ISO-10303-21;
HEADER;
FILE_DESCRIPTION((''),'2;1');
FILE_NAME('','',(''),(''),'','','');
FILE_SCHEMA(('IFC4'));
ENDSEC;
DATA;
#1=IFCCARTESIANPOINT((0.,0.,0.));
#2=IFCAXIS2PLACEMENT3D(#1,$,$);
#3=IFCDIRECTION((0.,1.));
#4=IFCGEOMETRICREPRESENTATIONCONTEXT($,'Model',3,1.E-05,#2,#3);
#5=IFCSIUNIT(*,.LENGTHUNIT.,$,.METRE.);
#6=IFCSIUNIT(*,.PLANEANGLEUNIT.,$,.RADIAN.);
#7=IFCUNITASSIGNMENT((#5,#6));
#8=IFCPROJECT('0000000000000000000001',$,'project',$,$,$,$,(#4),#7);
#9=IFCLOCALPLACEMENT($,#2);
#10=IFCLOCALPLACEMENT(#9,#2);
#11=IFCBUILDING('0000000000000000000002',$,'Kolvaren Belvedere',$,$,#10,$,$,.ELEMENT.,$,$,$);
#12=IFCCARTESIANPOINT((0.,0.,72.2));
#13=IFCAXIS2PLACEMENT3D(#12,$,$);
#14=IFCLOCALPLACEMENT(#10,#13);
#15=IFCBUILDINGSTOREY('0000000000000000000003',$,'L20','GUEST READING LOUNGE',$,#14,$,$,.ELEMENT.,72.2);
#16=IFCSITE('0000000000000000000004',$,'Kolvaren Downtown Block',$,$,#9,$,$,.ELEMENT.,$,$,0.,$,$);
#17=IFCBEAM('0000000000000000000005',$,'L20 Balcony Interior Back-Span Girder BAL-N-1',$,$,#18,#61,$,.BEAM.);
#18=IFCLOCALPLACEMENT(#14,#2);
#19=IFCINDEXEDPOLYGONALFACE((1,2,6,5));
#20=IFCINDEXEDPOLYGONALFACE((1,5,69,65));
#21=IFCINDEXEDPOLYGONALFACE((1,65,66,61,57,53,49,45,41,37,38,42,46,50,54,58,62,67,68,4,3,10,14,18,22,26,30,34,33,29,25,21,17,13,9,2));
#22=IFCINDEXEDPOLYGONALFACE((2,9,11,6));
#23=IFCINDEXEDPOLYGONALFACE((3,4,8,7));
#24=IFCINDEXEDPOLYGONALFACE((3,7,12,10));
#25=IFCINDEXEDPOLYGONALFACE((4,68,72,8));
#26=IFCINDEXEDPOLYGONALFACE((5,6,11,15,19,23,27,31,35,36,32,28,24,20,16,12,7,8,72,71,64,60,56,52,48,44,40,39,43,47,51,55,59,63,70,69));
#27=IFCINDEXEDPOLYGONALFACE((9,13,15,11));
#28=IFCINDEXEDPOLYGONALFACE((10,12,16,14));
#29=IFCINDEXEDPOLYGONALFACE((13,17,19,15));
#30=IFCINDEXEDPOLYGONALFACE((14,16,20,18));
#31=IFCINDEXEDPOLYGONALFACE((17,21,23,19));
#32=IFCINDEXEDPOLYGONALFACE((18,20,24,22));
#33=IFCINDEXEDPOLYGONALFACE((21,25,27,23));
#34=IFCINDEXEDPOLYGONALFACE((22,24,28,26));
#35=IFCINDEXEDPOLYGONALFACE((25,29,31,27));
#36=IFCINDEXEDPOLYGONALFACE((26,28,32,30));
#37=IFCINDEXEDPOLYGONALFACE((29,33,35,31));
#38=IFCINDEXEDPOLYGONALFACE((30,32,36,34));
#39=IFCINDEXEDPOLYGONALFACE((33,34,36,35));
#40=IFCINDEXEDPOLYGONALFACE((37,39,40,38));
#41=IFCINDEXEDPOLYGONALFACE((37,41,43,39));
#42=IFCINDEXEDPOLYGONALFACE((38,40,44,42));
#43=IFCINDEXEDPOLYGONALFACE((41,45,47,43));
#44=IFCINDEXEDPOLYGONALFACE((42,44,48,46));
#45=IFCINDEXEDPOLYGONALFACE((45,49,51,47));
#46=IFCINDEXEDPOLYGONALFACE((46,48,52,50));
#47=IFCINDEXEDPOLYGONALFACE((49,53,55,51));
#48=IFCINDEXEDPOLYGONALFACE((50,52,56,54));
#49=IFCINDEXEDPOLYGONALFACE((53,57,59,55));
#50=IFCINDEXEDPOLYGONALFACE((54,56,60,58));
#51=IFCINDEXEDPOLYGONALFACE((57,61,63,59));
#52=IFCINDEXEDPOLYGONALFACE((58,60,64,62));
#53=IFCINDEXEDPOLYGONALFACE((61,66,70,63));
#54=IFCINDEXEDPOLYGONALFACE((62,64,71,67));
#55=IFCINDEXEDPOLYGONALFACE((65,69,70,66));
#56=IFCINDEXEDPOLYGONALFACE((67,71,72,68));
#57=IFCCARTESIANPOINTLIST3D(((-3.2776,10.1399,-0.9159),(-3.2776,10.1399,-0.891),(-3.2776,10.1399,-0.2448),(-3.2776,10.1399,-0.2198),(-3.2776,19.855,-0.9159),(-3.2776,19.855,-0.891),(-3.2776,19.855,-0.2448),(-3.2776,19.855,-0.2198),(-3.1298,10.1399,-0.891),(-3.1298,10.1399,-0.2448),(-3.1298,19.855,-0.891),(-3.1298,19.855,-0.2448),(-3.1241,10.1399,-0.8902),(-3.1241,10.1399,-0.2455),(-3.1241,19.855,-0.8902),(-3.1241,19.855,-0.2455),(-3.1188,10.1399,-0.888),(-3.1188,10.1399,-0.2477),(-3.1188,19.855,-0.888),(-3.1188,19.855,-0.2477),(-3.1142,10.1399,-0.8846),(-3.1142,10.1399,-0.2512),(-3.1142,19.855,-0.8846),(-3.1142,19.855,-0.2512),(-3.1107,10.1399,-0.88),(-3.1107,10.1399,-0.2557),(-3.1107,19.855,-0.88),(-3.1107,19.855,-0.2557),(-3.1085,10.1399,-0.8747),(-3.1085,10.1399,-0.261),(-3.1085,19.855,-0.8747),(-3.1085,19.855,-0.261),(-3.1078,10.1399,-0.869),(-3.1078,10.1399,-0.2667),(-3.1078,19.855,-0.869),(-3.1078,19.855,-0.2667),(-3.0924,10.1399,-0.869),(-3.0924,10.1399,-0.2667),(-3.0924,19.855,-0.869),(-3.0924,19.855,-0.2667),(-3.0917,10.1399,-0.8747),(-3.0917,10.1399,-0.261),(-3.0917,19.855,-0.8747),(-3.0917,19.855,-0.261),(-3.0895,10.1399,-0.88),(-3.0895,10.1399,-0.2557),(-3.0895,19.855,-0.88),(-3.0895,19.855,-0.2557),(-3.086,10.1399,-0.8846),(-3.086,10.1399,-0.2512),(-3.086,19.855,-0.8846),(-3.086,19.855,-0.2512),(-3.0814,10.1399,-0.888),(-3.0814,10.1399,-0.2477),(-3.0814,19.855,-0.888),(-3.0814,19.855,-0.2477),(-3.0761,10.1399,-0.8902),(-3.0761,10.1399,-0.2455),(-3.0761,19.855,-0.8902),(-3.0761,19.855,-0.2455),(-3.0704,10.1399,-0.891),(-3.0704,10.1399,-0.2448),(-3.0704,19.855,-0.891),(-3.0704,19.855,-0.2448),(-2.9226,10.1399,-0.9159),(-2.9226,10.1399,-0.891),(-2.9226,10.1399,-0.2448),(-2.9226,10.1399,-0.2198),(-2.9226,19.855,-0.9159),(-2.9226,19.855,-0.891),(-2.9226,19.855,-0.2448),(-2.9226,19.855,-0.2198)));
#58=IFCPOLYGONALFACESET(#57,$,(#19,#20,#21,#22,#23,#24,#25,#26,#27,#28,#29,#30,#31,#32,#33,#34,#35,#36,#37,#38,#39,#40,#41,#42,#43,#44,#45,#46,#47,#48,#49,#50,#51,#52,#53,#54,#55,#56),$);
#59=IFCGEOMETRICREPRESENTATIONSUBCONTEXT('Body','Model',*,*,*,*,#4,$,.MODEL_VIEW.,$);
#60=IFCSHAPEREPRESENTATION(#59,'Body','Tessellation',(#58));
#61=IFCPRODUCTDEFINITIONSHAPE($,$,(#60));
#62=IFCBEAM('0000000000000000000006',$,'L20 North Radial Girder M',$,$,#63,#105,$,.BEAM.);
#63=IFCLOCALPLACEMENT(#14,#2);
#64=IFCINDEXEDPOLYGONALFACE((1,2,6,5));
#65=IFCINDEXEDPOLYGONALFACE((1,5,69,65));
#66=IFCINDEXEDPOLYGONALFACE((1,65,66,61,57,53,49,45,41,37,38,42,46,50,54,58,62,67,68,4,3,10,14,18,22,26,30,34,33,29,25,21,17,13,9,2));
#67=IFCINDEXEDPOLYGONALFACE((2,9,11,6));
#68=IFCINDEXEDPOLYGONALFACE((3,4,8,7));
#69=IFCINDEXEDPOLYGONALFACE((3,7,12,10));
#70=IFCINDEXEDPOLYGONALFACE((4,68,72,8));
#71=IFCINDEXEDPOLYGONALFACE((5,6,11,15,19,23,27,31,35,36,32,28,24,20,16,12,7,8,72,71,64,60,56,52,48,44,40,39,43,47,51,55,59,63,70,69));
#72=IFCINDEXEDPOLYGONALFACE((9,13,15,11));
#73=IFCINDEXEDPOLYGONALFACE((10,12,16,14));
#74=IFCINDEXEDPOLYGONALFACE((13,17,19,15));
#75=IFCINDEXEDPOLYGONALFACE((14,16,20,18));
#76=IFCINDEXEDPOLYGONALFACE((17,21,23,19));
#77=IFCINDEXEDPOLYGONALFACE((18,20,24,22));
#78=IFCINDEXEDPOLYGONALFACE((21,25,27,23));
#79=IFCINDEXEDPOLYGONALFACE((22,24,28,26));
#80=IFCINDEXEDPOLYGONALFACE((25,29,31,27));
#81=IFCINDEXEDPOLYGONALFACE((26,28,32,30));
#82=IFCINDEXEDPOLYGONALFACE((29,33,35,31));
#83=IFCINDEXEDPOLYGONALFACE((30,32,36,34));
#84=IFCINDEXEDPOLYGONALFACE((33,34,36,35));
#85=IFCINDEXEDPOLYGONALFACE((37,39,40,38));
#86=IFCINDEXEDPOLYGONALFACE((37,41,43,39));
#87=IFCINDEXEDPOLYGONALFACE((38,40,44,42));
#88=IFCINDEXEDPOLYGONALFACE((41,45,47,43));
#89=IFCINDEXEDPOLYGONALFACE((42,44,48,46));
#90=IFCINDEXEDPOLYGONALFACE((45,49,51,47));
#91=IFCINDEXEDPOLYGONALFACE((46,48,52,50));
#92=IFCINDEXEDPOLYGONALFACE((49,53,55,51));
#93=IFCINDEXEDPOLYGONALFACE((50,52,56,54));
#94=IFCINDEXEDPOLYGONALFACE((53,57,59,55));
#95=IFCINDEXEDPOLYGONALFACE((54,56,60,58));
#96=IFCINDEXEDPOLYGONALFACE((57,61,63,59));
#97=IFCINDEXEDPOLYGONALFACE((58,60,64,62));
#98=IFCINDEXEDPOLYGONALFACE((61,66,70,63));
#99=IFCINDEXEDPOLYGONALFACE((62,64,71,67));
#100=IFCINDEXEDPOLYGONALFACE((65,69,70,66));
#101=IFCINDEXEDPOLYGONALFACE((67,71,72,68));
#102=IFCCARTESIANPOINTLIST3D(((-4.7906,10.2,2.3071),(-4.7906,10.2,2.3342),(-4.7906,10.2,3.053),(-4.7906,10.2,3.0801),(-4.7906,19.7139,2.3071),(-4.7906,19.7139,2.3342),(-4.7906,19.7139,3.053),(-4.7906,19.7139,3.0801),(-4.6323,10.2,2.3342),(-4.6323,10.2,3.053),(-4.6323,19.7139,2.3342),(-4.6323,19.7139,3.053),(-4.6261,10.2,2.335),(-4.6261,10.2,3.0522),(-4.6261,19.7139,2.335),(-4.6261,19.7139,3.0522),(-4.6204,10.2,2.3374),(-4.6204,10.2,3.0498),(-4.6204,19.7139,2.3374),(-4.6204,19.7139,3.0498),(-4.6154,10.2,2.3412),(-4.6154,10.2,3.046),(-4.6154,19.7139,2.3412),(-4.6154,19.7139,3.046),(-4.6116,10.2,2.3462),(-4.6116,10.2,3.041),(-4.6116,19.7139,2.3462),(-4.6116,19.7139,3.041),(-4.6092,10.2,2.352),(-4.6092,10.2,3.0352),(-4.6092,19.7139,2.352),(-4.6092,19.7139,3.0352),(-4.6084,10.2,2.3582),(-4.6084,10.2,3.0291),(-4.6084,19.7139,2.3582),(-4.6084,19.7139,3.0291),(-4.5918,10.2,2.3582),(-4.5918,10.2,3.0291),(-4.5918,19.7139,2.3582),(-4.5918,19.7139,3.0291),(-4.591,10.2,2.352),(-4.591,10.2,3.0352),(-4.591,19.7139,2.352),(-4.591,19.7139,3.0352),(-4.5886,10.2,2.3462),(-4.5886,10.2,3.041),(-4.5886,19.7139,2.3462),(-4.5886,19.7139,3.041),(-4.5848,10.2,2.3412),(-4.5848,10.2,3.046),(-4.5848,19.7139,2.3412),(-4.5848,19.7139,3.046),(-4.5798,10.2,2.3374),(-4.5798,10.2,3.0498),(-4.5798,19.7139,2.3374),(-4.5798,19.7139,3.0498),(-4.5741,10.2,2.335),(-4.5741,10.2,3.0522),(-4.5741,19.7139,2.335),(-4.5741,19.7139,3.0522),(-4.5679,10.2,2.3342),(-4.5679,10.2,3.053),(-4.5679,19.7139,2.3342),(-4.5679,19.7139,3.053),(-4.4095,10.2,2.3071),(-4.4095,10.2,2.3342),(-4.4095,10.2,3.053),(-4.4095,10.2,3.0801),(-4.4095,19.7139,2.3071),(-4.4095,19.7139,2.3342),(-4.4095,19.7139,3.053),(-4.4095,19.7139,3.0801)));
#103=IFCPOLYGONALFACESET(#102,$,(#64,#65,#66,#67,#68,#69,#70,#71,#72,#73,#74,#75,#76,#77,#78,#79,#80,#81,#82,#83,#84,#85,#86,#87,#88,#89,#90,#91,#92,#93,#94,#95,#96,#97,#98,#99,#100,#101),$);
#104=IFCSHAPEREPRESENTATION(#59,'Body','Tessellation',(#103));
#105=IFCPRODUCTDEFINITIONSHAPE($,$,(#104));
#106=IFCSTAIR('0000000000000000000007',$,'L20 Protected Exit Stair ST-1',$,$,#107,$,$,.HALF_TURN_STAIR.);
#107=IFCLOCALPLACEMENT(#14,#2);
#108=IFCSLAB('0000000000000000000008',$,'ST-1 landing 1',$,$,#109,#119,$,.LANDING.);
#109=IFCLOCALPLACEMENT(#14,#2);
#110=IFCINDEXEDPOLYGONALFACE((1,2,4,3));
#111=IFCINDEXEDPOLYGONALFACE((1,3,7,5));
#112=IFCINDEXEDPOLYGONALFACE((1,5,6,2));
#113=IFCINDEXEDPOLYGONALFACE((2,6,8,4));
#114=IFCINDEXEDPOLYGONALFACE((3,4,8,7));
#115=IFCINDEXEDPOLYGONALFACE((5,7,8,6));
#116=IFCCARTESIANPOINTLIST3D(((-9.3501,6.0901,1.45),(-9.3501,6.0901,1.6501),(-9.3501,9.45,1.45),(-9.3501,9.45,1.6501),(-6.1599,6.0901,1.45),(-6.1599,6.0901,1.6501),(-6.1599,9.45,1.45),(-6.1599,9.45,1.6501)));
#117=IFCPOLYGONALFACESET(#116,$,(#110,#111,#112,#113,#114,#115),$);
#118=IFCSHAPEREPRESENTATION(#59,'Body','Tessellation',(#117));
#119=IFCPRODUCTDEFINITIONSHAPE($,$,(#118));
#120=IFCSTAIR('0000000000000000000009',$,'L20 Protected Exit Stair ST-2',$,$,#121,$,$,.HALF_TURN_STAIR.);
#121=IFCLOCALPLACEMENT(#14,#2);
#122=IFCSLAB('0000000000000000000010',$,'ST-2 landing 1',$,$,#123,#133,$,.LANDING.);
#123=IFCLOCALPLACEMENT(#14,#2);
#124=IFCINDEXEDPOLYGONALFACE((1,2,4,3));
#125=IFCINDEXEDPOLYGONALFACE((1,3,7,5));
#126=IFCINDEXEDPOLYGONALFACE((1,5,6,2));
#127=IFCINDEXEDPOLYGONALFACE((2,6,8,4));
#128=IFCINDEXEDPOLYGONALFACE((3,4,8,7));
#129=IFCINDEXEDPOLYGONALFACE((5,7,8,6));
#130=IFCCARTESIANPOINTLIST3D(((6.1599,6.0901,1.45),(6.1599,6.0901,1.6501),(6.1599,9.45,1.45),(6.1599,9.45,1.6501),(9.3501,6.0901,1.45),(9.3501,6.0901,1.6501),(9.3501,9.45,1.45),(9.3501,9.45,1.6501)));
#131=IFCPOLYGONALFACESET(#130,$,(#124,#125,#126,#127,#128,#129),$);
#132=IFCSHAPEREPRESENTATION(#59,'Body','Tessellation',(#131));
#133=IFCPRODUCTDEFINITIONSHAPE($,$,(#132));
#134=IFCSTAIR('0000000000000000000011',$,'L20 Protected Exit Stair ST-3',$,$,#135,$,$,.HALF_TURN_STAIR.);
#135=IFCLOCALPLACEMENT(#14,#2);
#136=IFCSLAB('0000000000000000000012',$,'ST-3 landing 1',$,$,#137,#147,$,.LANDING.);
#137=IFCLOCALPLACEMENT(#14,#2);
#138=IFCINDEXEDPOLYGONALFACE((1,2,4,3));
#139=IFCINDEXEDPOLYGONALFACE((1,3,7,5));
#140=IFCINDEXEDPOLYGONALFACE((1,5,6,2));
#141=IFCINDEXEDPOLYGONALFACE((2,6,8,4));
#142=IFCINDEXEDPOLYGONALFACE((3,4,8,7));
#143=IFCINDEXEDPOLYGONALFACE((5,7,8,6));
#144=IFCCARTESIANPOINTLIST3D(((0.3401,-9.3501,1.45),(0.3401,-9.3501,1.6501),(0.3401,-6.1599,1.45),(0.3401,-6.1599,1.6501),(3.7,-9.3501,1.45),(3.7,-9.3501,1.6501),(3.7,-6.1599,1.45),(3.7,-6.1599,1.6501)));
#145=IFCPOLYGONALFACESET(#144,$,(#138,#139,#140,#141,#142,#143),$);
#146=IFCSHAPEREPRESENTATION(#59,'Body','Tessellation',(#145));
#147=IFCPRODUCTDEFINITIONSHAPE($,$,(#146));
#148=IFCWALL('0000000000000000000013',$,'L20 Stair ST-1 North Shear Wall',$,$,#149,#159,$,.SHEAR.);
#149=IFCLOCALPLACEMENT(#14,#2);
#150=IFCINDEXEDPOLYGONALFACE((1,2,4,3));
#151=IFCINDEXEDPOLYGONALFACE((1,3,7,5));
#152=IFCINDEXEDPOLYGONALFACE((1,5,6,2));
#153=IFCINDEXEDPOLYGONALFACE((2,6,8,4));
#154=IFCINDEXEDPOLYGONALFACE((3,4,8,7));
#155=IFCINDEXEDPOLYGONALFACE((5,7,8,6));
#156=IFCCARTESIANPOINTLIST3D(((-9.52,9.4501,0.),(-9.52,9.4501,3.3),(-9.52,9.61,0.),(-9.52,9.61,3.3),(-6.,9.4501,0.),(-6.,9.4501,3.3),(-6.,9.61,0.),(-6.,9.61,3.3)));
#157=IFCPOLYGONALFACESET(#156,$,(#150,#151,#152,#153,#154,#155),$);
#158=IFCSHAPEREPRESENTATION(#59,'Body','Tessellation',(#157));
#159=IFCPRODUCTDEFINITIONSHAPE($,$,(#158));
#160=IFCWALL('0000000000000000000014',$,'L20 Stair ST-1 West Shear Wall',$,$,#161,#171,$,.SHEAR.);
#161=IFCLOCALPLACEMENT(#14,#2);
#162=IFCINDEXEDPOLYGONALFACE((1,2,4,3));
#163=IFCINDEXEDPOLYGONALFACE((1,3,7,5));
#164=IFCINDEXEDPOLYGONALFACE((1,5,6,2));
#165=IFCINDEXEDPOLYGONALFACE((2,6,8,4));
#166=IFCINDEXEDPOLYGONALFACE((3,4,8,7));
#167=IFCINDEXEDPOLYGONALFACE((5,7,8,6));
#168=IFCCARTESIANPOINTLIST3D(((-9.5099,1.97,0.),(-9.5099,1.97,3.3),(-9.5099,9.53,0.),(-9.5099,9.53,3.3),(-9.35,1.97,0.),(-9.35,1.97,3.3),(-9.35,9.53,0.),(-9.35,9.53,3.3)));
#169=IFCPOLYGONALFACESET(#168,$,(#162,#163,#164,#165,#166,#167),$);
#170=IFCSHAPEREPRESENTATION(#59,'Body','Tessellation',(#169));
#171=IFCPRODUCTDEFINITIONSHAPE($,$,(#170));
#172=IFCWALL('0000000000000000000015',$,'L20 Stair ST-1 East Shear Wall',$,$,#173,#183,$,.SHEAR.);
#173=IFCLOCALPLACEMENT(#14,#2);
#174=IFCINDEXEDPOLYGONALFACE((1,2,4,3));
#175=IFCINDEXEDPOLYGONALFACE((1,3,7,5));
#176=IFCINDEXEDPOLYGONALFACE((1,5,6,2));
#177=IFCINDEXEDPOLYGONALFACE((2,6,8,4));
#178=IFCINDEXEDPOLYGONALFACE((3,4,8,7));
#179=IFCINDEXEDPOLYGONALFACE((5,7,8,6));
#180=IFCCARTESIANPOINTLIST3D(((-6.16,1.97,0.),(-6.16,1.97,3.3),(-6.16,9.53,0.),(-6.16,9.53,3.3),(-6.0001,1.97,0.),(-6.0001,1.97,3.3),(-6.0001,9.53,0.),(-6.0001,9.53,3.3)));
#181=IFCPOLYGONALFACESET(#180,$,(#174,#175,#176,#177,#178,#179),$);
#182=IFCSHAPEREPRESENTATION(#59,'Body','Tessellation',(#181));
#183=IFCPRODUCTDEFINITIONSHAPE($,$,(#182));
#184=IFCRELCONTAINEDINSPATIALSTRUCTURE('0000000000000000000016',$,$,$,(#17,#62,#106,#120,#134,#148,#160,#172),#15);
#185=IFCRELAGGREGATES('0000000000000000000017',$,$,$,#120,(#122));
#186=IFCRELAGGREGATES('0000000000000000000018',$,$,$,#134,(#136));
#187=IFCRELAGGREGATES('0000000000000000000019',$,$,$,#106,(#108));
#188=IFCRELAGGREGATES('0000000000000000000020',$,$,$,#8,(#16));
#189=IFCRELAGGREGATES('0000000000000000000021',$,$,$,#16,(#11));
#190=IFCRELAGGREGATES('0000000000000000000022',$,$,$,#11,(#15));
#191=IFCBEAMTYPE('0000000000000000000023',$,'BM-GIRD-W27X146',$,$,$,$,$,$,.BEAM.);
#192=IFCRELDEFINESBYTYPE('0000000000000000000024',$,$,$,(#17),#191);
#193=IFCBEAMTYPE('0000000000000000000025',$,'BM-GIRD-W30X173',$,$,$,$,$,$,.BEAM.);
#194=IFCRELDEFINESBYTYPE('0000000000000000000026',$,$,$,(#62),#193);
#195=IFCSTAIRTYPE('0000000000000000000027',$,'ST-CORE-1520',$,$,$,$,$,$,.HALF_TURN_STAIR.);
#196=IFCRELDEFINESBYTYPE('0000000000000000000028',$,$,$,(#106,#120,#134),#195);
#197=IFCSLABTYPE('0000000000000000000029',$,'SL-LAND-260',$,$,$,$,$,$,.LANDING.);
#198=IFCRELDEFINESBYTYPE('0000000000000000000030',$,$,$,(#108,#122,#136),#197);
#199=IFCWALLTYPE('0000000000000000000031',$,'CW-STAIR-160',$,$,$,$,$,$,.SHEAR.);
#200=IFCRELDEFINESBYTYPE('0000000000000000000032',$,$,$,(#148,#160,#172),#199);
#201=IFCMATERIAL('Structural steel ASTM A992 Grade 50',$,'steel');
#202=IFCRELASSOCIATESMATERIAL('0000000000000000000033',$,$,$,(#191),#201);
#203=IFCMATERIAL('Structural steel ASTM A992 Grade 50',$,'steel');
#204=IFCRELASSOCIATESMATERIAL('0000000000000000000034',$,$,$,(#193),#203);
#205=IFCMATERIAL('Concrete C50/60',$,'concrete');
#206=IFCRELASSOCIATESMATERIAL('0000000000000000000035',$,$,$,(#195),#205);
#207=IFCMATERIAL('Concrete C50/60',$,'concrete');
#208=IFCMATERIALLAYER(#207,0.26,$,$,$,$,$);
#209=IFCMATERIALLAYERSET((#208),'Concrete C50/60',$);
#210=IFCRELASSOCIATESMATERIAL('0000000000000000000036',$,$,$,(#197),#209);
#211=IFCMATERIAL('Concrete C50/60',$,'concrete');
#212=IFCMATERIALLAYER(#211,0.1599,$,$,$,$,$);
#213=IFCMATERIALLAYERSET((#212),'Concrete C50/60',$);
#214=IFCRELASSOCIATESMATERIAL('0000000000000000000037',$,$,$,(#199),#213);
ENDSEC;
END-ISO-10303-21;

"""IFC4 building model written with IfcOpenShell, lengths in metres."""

from ifc_helpers import new_model, si_unit, direction, frame, frame_2d, origin, origin_2d, place, context, subcontext, project, spatial, polyline, rectangle, i_section, outline, extrude, material, layer, layer_set, material_profile, profile_set, type_object, element, aggregate, save


model = new_model("IFC4")

# Units and contexts
model_context = context("Model", 3, precision=1e-05, world=origin(), true_north=direction((0.0, 1.0)))
body_context = subcontext(model_context, "Body", "Model", "MODEL_VIEW")
ifc_project = project(units=[si_unit("LENGTHUNIT", "METRE"), si_unit("PLANEANGLEUNIT", "RADIAN")], contexts=[model_context])

# Site, building, storey
site_placement = place(None, origin())
site = spatial("IfcSite", under=ifc_project, at=site_placement, Name="Kolvaren Downtown Block", CompositionType="ELEMENT", RefElevation=0.0)
building_placement = place(site_placement, origin())
building = spatial("IfcBuilding", under=site, at=building_placement, Name="Kolvaren Belvedere", CompositionType="ELEMENT")
storey_placement = place(building_placement, frame((0.0, 0.0, 72.2)))
storey = spatial("IfcBuildingStorey", under=building, at=storey_placement, Name="L20", Description="GUEST READING LOUNGE", CompositionType="ELEMENT", Elevation=72.2)

# Beams
ifc_material_1 = material(Name="Structural steel ASTM A992 Grade 50", Category="steel")
ifc_material_profile_1 = material_profile(ifc_material_1, i_section(OverallWidth=0.355, OverallDepth=0.696, WebThickness=0.0154, FlangeThickness=0.0249, FilletRadius=0.022, at=origin_2d()), Name="W27X146")
ifc_profile_set_1 = profile_set([ifc_material_profile_1], Name="Structural steel ASTM A992 Grade 50")
beam_type_1 = type_object("IfcBeamType", Name="BM-GIRD-W27X146", PredefinedType="BEAM", material=ifc_profile_set_1)
beam_1_placement = place(storey_placement, frame((-3.1001, 10.1399, -0.5679), z_axis=(0.0, 1.0, 0.0), x_axis=(-1.0, 0.0, 0.0)))
element("IfcBeam", 1, at=beam_1_placement, inside=storey, type_object=beam_type_1, Name="L20 Balcony Interior Back-Span Girder BAL-N-1", PredefinedType="BEAM", context=body_context, shape_type="SweptSolid", body=[
    extrude(i_section(OverallWidth=0.355, OverallDepth=0.696, WebThickness=0.0154, FlangeThickness=0.0249, FilletRadius=0.022, at=origin_2d()), origin(), (0.0, 0.0, 1.0), 9.7151),
])
ifc_material_2 = material(Name="Structural steel ASTM A992 Grade 50", Category="steel")
ifc_material_profile_2 = material_profile(ifc_material_2, i_section(OverallWidth=0.3811, OverallDepth=0.7729, WebThickness=0.0166, FlangeThickness=0.0271, FilletRadius=0.0239, at=origin_2d()), Name="W30X173")
ifc_profile_set_2 = profile_set([ifc_material_profile_2], Name="Structural steel ASTM A992 Grade 50")
beam_type_2 = type_object("IfcBeamType", Name="BM-GIRD-W30X173", PredefinedType="BEAM", material=ifc_profile_set_2)
beam_2_placement = place(storey_placement, frame((-4.6001, 10.2, 2.6936), z_axis=(0.0, 1.0, 0.0), x_axis=(-1.0, 0.0, 0.0)))
element("IfcBeam", 2, at=beam_2_placement, inside=storey, type_object=beam_type_2, Name="L20 North Radial Girder M", PredefinedType="BEAM", context=body_context, shape_type="SweptSolid", body=[
    extrude(i_section(OverallWidth=0.3811, OverallDepth=0.7729, WebThickness=0.0166, FlangeThickness=0.0271, FilletRadius=0.0239, at=origin_2d()), origin(), (0.0, 0.0, 1.0), 9.5139),
])

# Stairs, slabs
ifc_material_3 = material(Name="Concrete C50/60", Category="concrete")
stair_type = type_object("IfcStairType", Name="ST-CORE-1520", PredefinedType="HALF_TURN_STAIR", material=ifc_material_3)
stair_1_placement = place(storey_placement, origin())
stair_1 = element("IfcStair", 3, at=stair_1_placement, inside=storey, type_object=stair_type, Name="L20 Protected Exit Stair ST-1", PredefinedType="HALF_TURN_STAIR")
ifc_material_4 = material(Name="Concrete C50/60", Category="concrete")
ifc_layer_1 = layer(ifc_material_4, 0.26)
ifc_layer_set_1 = layer_set([ifc_layer_1], Name="Concrete C50/60")
slab_type = type_object("IfcSlabType", Name="SL-LAND-260", PredefinedType="LANDING", material=ifc_layer_set_1)
slab_1_placement = place(storey_placement, frame((0.0, 0.0, 1.45)))
slab_1 = element("IfcSlab", 4, at=slab_1_placement, type_object=slab_type, Name="ST-1 landing 1", PredefinedType="LANDING", context=body_context, shape_type="SweptSolid", body=[
    extrude(outline(polyline([(-6.1599, 6.0901), (-6.1599, 9.45), (-9.3501, 9.45), (-9.3501, 6.0901), (-6.1599, 6.0901)])), origin(), (0.0, 0.0, 1.0), 0.2002),
])
stair_2_placement = place(storey_placement, origin())
stair_2 = element("IfcStair", 5, at=stair_2_placement, inside=storey, type_object=stair_type, Name="L20 Protected Exit Stair ST-2", PredefinedType="HALF_TURN_STAIR")
slab_2_placement = place(storey_placement, frame((0.0, 0.0, 1.45)))
slab_2 = element("IfcSlab", 6, at=slab_2_placement, type_object=slab_type, Name="ST-2 landing 1", PredefinedType="LANDING", context=body_context, shape_type="SweptSolid", body=[
    extrude(outline(polyline([(9.3501, 6.0901), (9.3501, 9.45), (6.1599, 9.45), (6.1599, 6.0901), (9.3501, 6.0901)])), origin(), (0.0, 0.0, 1.0), 0.2002),
])
aggregate(stair_2, [slab_2])
stair_3_placement = place(storey_placement, origin())
stair_3 = element("IfcStair", 7, at=stair_3_placement, inside=storey, type_object=stair_type, Name="L20 Protected Exit Stair ST-3", PredefinedType="HALF_TURN_STAIR")
slab_3_placement = place(storey_placement, frame((0.0, 0.0, 1.45)))
slab_3 = element("IfcSlab", 8, at=slab_3_placement, type_object=slab_type, Name="ST-3 landing 1", PredefinedType="LANDING", context=body_context, shape_type="SweptSolid", body=[
    extrude(outline(polyline([(0.3401, -9.3501), (3.7, -9.3501), (3.7, -6.1599), (0.3401, -6.1599), (0.3401, -9.3501)])), origin(), (0.0, 0.0, 1.0), 0.2002),
])
aggregate(stair_3, [slab_3])

# Walls
ifc_material_5 = material(Name="Concrete C50/60", Category="concrete")
ifc_layer_2 = layer(ifc_material_5, 0.1599)
ifc_layer_set_2 = layer_set([ifc_layer_2], Name="Concrete C50/60")
wall_type_1 = type_object("IfcWallType", Name="CW-STAIR-160", PredefinedType="SHEAR", material=ifc_layer_set_2)
wall_1_placement = place(storey_placement, frame((-9.52, 9.53, 0.0), z_axis=(0.0, 0.0, 1.0), x_axis=(1.0, 0.0, 0.0)))
element("IfcWall", 9, at=wall_1_placement, inside=storey, type_object=wall_type_1, Name="L20 Stair ST-1 North Shear Wall", PredefinedType="SHEAR", context=body_context, shape_type="SweptSolid", body=[
    extrude(rectangle(XDim=3.52, YDim=0.1599, at=frame_2d((1.76, 0.0))), origin(), (0.0, 0.0, 1.0), 3.3),
])
for number, where, z_axis, x_axis, name in (
    (10, (-9.4299, 1.97, 0.0), (0.0, 0.0, 1.0), (0.0, 1.0, 0.0), "L20 Stair ST-1 West Shear Wall"),
    (11, (-6.0801, 1.97, 0.0), (0.0, 0.0, 1.0), (0.0, 1.0, 0.0), "L20 Stair ST-1 East Shear Wall"),
):
    element("IfcWall", number, at=place(storey_placement, frame(where, z_axis=z_axis, x_axis=x_axis)), inside=storey, type_object=wall_type_1, Name=name, PredefinedType="SHEAR", context=body_context, shape_type="SweptSolid", body=[
        extrude(rectangle(XDim=7.5601, YDim=0.1599, at=frame_2d((3.78, 0.0))), origin(), (0.0, 0.0, 1.0), 3.3),
    ])

aggregate(stair_1, [slab_1])

save(model, "model.ifc")
